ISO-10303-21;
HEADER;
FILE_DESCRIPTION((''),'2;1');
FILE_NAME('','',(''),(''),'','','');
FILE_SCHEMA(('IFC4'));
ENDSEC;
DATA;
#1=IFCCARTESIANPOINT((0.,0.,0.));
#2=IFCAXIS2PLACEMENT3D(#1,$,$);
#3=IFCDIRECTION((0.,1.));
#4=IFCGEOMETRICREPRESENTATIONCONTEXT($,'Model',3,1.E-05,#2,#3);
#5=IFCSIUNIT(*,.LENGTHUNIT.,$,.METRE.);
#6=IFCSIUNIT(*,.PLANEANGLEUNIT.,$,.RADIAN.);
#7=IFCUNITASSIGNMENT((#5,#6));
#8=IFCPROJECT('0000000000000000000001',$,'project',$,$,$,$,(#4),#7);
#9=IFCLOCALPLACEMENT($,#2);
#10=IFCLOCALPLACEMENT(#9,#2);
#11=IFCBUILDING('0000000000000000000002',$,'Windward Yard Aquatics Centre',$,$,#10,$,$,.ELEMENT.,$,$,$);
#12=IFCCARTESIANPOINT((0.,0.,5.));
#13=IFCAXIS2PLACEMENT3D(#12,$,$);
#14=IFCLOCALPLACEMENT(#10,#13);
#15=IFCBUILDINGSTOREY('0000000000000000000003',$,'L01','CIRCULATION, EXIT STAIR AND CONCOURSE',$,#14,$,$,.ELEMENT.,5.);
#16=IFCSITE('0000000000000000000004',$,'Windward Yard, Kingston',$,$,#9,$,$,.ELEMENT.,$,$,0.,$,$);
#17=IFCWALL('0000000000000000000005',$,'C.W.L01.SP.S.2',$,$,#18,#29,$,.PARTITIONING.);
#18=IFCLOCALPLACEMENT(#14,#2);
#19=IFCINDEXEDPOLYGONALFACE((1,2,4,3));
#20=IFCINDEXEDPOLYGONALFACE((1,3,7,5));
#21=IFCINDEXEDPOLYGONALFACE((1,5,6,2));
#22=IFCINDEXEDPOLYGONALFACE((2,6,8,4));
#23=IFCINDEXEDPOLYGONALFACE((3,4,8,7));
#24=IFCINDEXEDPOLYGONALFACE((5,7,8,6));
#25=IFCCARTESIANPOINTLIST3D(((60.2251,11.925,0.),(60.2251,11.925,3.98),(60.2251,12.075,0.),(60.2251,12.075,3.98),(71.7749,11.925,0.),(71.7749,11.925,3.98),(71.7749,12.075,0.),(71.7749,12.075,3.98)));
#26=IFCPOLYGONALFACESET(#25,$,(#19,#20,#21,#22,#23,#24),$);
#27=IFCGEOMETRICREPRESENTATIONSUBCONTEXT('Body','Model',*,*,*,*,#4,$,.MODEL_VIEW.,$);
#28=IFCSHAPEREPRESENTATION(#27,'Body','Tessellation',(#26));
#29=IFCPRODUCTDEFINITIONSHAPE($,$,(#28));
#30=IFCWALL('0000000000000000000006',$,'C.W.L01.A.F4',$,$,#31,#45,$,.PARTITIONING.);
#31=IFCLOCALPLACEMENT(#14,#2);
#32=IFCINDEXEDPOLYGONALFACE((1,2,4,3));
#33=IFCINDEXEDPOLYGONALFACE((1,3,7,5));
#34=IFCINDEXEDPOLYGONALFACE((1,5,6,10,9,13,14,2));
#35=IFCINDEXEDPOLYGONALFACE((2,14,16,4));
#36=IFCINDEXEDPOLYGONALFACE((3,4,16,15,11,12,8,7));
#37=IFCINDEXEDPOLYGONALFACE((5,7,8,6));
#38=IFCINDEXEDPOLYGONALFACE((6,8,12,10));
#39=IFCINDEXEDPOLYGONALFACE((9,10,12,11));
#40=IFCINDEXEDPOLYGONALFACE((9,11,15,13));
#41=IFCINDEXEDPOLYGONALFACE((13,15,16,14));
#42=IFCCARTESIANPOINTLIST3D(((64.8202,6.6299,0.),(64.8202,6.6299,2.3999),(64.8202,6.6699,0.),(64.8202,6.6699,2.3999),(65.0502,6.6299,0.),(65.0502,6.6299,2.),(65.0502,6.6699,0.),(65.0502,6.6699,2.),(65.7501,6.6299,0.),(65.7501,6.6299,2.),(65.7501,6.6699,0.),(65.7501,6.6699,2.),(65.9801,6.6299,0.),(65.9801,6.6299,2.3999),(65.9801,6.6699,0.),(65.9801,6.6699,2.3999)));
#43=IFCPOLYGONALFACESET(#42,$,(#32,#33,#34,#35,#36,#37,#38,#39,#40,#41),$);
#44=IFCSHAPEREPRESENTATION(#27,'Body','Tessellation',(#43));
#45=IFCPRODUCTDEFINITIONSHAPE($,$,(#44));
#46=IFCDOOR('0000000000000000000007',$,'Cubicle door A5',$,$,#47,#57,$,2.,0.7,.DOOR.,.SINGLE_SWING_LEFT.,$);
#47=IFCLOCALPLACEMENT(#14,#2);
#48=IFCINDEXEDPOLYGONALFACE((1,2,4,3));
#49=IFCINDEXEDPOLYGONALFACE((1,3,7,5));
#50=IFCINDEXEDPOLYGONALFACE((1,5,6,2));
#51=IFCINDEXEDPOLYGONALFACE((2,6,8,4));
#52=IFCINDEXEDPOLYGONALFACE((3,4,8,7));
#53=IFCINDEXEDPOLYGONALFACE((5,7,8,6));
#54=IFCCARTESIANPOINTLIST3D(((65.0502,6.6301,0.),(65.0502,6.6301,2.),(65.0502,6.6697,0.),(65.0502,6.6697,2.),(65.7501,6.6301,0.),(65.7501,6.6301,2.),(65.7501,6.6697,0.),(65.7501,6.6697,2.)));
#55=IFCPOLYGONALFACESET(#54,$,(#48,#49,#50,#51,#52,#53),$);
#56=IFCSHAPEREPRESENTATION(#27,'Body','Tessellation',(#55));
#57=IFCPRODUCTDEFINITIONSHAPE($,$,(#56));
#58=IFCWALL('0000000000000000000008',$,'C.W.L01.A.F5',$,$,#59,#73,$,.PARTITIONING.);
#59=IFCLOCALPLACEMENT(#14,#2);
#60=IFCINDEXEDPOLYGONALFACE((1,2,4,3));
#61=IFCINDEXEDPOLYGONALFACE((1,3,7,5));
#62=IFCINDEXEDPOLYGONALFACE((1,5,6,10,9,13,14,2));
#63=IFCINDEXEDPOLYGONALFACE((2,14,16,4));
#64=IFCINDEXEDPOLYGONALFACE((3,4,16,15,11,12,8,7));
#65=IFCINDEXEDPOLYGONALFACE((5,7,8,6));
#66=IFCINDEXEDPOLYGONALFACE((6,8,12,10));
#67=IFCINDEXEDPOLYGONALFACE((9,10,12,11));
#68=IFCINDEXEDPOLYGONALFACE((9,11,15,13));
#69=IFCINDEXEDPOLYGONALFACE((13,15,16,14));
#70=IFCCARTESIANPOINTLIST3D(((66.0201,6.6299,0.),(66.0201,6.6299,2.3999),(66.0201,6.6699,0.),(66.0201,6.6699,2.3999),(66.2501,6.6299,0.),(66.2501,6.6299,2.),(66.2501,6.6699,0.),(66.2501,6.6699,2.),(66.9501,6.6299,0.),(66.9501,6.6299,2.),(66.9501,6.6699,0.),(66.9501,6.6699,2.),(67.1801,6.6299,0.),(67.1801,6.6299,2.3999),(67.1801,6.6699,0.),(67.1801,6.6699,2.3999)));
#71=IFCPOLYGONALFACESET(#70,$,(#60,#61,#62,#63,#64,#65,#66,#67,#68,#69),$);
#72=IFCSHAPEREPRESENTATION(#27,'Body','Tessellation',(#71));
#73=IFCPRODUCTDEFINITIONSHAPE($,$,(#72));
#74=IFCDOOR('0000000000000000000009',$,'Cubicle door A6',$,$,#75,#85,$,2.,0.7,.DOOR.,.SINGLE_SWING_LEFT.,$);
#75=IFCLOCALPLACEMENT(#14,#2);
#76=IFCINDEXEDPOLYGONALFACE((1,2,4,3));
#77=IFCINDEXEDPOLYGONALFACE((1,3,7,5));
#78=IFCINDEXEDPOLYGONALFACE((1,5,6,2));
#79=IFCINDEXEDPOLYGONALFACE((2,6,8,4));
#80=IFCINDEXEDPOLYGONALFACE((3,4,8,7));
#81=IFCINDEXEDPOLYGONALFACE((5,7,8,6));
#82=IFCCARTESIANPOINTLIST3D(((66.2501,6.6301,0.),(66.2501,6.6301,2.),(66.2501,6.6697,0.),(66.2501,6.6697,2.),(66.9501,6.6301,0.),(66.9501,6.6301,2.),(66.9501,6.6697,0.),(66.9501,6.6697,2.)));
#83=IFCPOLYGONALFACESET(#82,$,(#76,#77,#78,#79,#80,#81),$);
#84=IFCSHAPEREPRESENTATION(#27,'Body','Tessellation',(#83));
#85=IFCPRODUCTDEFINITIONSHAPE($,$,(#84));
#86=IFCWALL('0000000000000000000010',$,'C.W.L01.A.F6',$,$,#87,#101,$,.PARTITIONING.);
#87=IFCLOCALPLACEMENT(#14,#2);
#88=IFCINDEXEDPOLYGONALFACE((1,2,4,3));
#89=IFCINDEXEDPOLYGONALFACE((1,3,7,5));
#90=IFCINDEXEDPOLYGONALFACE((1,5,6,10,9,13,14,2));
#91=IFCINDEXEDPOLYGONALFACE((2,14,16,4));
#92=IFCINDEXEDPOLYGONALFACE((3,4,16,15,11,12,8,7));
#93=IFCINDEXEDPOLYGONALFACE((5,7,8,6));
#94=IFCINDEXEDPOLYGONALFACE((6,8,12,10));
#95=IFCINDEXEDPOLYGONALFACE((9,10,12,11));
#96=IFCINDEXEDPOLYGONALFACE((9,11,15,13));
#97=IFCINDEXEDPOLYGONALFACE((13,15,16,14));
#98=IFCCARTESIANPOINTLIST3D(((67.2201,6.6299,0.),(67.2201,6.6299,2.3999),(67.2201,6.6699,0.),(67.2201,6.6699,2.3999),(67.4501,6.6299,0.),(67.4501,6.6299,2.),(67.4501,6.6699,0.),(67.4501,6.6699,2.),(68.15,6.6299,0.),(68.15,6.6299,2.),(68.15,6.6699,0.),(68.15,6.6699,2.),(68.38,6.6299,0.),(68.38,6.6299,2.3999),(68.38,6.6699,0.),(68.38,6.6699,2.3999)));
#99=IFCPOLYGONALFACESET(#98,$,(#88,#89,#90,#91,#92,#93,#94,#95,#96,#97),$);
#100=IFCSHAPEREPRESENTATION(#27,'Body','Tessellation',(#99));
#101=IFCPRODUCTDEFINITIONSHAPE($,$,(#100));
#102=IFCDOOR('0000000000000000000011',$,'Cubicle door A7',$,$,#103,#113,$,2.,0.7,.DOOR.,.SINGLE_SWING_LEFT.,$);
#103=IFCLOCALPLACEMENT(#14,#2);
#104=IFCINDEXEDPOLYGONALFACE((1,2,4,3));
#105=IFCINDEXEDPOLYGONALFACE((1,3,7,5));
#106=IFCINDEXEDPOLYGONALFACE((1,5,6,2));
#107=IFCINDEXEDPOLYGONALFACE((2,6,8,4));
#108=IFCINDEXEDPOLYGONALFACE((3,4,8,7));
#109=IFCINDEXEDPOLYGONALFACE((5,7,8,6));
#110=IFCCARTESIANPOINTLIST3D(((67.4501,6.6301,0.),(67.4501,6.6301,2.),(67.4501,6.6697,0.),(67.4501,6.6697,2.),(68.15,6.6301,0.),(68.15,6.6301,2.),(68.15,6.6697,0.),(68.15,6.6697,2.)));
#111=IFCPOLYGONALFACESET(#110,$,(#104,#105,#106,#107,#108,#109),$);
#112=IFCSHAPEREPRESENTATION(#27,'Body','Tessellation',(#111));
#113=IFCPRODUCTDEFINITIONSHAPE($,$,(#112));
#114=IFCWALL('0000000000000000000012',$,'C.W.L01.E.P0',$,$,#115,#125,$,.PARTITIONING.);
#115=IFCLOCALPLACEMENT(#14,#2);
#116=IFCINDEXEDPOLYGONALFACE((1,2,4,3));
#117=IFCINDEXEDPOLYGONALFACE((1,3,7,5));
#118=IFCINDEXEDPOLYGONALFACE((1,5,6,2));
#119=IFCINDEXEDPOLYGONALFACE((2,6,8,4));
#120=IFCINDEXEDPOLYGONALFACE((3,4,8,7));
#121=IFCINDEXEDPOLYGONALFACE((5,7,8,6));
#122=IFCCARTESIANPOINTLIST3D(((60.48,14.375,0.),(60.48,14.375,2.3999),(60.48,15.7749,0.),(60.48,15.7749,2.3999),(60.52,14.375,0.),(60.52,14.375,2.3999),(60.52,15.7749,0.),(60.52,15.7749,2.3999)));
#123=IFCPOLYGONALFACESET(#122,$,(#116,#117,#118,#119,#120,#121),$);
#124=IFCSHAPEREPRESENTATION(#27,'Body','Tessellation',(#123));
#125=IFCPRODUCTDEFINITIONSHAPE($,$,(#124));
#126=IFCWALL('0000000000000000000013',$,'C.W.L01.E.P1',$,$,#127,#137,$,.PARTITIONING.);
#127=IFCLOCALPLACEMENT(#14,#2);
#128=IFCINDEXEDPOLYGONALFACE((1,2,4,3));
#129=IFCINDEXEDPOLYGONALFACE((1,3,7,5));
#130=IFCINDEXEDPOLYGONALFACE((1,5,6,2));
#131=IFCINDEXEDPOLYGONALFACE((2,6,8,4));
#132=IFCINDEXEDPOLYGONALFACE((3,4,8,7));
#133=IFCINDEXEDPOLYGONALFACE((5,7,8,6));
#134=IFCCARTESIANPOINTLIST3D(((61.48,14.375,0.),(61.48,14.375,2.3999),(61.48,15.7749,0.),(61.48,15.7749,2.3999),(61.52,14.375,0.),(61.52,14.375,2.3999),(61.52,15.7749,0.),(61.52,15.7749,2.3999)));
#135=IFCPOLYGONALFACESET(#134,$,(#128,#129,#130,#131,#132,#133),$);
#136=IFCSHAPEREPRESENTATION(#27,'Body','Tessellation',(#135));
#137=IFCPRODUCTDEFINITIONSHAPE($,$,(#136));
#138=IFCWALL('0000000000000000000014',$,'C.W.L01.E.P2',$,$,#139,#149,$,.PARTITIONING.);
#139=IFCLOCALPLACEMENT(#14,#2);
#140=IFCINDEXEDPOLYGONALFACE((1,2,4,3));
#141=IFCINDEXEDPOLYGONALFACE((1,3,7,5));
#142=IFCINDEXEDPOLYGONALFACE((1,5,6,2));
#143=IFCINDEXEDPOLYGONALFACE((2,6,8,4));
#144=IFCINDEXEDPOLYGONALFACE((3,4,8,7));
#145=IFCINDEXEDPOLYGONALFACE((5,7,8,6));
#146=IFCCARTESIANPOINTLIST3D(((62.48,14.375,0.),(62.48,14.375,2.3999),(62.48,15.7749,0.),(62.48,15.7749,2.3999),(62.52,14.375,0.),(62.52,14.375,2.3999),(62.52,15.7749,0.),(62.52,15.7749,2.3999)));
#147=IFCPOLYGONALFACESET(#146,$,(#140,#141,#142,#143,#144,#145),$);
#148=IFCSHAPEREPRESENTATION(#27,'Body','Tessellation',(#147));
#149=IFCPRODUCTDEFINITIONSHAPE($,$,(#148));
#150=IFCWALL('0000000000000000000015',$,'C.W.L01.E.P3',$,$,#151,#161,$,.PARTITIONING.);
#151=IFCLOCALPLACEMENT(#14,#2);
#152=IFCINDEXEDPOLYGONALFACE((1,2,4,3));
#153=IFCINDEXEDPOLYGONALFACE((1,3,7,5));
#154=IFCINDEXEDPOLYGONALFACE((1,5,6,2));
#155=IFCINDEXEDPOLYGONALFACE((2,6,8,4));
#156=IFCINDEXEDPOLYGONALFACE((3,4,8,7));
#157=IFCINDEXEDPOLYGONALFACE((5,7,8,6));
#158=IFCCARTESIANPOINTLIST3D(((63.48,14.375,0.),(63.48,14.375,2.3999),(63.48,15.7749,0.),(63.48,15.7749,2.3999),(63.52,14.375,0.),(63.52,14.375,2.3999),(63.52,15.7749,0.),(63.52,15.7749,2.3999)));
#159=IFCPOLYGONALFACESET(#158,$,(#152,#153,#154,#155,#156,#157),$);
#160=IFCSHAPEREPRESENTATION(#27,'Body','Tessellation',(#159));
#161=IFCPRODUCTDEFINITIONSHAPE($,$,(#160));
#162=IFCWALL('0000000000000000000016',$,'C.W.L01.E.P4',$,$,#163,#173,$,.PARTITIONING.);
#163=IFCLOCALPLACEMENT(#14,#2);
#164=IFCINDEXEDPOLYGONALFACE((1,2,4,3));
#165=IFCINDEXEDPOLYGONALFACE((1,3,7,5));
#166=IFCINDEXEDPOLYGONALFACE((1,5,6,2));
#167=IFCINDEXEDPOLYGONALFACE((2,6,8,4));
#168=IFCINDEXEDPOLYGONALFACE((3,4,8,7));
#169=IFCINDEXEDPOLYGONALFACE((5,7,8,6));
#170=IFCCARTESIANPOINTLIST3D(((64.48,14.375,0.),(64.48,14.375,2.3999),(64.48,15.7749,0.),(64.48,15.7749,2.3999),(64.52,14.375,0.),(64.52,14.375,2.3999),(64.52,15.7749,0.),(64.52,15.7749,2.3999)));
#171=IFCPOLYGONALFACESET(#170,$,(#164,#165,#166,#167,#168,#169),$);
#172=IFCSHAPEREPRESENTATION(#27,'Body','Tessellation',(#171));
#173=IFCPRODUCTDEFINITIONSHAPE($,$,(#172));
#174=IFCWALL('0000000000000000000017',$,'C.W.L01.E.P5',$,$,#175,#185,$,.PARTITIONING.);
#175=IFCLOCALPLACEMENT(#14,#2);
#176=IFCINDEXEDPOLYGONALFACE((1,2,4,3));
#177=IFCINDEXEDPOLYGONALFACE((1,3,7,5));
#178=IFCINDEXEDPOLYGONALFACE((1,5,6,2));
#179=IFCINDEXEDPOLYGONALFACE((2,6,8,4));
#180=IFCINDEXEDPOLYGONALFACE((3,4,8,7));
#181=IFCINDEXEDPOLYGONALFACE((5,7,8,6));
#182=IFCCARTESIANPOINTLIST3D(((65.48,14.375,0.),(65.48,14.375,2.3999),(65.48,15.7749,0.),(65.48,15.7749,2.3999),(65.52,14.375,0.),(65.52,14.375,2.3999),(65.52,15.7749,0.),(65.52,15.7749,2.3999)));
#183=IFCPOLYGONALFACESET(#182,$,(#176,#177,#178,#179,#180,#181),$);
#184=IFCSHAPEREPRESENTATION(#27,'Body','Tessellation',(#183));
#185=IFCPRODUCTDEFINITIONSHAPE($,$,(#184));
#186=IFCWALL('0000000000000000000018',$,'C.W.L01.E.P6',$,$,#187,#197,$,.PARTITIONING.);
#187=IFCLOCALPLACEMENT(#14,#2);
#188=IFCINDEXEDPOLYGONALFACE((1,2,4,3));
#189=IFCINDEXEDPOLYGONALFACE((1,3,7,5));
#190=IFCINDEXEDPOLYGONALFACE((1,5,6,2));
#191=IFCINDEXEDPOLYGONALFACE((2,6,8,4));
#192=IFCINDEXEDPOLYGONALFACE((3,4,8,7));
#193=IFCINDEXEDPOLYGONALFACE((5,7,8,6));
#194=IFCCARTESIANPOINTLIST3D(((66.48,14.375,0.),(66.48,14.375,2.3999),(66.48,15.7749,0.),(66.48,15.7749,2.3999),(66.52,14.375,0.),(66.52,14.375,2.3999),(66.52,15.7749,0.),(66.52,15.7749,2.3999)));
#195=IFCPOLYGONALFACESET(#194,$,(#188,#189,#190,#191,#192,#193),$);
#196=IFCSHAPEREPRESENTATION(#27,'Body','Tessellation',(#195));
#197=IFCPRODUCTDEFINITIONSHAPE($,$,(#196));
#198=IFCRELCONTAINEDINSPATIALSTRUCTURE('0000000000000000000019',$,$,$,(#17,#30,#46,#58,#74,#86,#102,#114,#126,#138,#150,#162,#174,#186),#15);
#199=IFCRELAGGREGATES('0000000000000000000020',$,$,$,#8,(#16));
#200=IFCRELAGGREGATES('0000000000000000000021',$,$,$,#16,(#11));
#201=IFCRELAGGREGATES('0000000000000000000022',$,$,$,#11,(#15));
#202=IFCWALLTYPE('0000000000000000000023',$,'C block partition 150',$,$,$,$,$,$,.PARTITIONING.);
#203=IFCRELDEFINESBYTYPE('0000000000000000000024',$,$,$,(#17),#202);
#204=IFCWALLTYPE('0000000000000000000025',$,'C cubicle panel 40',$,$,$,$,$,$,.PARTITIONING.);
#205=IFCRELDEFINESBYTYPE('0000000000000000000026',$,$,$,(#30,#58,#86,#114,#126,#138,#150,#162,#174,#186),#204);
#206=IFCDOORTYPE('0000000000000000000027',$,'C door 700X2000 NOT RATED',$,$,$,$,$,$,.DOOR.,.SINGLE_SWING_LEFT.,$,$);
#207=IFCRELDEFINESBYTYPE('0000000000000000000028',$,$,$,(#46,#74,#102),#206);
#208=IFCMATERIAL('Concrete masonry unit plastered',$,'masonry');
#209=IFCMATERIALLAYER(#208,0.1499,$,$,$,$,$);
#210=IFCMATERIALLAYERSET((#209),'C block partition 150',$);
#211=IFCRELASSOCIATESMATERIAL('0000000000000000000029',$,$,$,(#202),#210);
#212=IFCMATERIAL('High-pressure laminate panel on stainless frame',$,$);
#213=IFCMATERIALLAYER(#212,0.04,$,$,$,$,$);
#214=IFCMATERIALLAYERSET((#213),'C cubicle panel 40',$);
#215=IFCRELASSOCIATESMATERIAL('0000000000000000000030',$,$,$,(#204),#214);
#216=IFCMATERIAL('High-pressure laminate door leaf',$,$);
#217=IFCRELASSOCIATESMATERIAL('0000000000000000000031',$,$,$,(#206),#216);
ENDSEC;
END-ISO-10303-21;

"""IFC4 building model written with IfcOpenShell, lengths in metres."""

from ifc_helpers import new_model, si_unit, direction, frame, frame_2d, origin, place, context, subcontext, project, spatial, rectangle, extrude, material, layer, layer_set, type_object, element, fill, save


model = new_model("IFC4")

# Units and contexts
model_context = context("Model", 3, precision=1e-05, world=origin(), true_north=direction((0.0, 1.0)))
body_context = subcontext(model_context, "Body", "Model", "MODEL_VIEW")
ifc_project = project(units=[si_unit("LENGTHUNIT", "METRE"), si_unit("PLANEANGLEUNIT", "RADIAN")], contexts=[model_context])

# Site, building, storey
site_placement = place(None, origin())
site = spatial("IfcSite", under=ifc_project, at=site_placement, Name="Windward Yard, Kingston", CompositionType="ELEMENT", RefElevation=0.0)
building_placement = place(site_placement, origin())
building = spatial("IfcBuilding", under=site, at=building_placement, Name="Windward Yard Aquatics Centre", CompositionType="ELEMENT")
storey_placement = place(building_placement, frame((0.0, 0.0, 5.0)))
storey = spatial("IfcBuildingStorey", under=building, at=storey_placement, Name="L01", Description="CIRCULATION, EXIT STAIR AND CONCOURSE", CompositionType="ELEMENT", Elevation=5.0)

# Wall
ifc_material_1 = material(Name="Concrete masonry unit plastered", Category="masonry")
ifc_layer_1 = layer(ifc_material_1, 0.1499)
ifc_layer_set_1 = layer_set([ifc_layer_1], Name="C block partition 150")
wall_type_1 = type_object("IfcWallType", Name="C block partition 150", PredefinedType="PARTITIONING", material=ifc_layer_set_1)
wall_1_placement = place(storey_placement, frame((60.2251, 12.0, 0.0), z_axis=(0.0, 0.0, 1.0), x_axis=(1.0, 0.0, 0.0)))
element("IfcWall", 1, at=wall_1_placement, inside=storey, type_object=wall_type_1, Name="C.W.L01.SP.S.2", PredefinedType="PARTITIONING", context=body_context, shape_type="SweptSolid", body=[
    extrude(rectangle(XDim=11.5498, YDim=0.1499, at=frame_2d((5.7749, 0.0))), origin(), (0.0, 0.0, 1.0), 3.98),
])

# Walls, openings, doors
ifc_material_2 = material(Name="High-pressure laminate panel on stainless frame")
ifc_layer_2 = layer(ifc_material_2, 0.04)
ifc_layer_set_2 = layer_set([ifc_layer_2], Name="C cubicle panel 40")
wall_type_2 = type_object("IfcWallType", Name="C cubicle panel 40", PredefinedType="PARTITIONING", material=ifc_layer_set_2)
wall_2_placement = place(storey_placement, frame((64.8201, 6.6499, 0.0), z_axis=(0.0, 0.0, 1.0), x_axis=(1.0, 0.0, 0.0)))
wall_2 = element("IfcWall", 2, at=wall_2_placement, inside=storey, type_object=wall_type_2, Name="C.W.L01.A.F4", PredefinedType="PARTITIONING", context=body_context, shape_type="SweptSolid", body=[
    extrude(rectangle(XDim=1.1599, YDim=0.04, at=frame_2d((0.5801, 0.0))), origin(), (0.0, 0.0, 1.0), 2.3999),
])
opening_1_placement = place(wall_2_placement, frame((0.23, 0.0, 0.0)))
opening_1 = element("IfcOpeningElement", 3, at=opening_1_placement, cuts=wall_2, PredefinedType="OPENING", context=body_context, shape_type="SweptSolid", body=[
    extrude(rectangle(XDim=0.7, YDim=2.0, at=frame_2d((0.3501, 1.0))), frame((0.0, 0.03, 0.0), z_axis=(0.0, -1.0, 0.0), x_axis=(1.0, 0.0, 0.0)), (0.0, 0.0, 1.0), 0.0601),
])
ifc_material_3 = material(Name="High-pressure laminate door leaf")
door_type = type_object("IfcDoorType", Name="C door 700X2000 NOT RATED", OperationType="SINGLE_SWING_LEFT", PredefinedType="DOOR", material=ifc_material_3)
door_1_placement = place(opening_1_placement, origin())
door_1 = element("IfcDoor", 4, at=door_1_placement, inside=storey, type_object=door_type, Name="Cubicle door A5", OperationType="SINGLE_SWING_LEFT", OverallHeight=2.0, OverallWidth=0.7, PredefinedType="DOOR", context=body_context, shape_type="SweptSolid", body=[
    extrude(rectangle(XDim=0.7, YDim=2.0, at=frame_2d((0.3501, 1.0))), frame((0.0, 0.0198, 0.0), z_axis=(0.0, -1.0, 0.0), x_axis=(1.0, 0.0, 0.0)), (0.0, 0.0, 1.0), 0.0396),
])
fill(opening_1, door_1)
wall_3_placement = place(storey_placement, frame((66.02, 6.6499, 0.0), z_axis=(0.0, 0.0, 1.0), x_axis=(1.0, 0.0, 0.0)))
wall_3 = element("IfcWall", 5, at=wall_3_placement, inside=storey, type_object=wall_type_2, Name="C.W.L01.A.F5", PredefinedType="PARTITIONING", context=body_context, shape_type="SweptSolid", body=[
    extrude(rectangle(XDim=1.1599, YDim=0.04, at=frame_2d((0.5801, 0.0))), origin(), (0.0, 0.0, 1.0), 2.3999),
])
opening_2_placement = place(wall_3_placement, frame((0.23, 0.0, 0.0)))
opening_2 = element("IfcOpeningElement", 6, at=opening_2_placement, cuts=wall_3, PredefinedType="OPENING", context=body_context, shape_type="SweptSolid", body=[
    extrude(rectangle(XDim=0.7, YDim=2.0, at=frame_2d((0.3501, 1.0))), frame((0.0, 0.03, 0.0), z_axis=(0.0, -1.0, 0.0), x_axis=(1.0, 0.0, 0.0)), (0.0, 0.0, 1.0), 0.0601),
])
door_2_placement = place(opening_2_placement, origin())
door_2 = element("IfcDoor", 7, at=door_2_placement, inside=storey, type_object=door_type, Name="Cubicle door A6", OperationType="SINGLE_SWING_LEFT", OverallHeight=2.0, OverallWidth=0.7, PredefinedType="DOOR", context=body_context, shape_type="SweptSolid", body=[
    extrude(rectangle(XDim=0.7, YDim=2.0, at=frame_2d((0.3501, 1.0))), frame((0.0, 0.0198, 0.0), z_axis=(0.0, -1.0, 0.0), x_axis=(1.0, 0.0, 0.0)), (0.0, 0.0, 1.0), 0.0396),
])
fill(opening_2, door_2)
wall_4_placement = place(storey_placement, frame((67.22, 6.6499, 0.0), z_axis=(0.0, 0.0, 1.0), x_axis=(1.0, 0.0, 0.0)))
wall_4 = element("IfcWall", 8, at=wall_4_placement, inside=storey, type_object=wall_type_2, Name="C.W.L01.A.F6", PredefinedType="PARTITIONING", context=body_context, shape_type="SweptSolid", body=[
    extrude(rectangle(XDim=1.1599, YDim=0.04, at=frame_2d((0.5801, 0.0))), origin(), (0.0, 0.0, 1.0), 2.3999),
])
opening_3_placement = place(wall_4_placement, frame((0.23, 0.0, 0.0)))
opening_3 = element("IfcOpeningElement", 9, at=opening_3_placement, cuts=wall_4, PredefinedType="OPENING", context=body_context, shape_type="SweptSolid", body=[
    extrude(rectangle(XDim=0.7, YDim=2.0, at=frame_2d((0.3501, 1.0))), frame((0.0, 0.03, 0.0), z_axis=(0.0, -1.0, 0.0), x_axis=(1.0, 0.0, 0.0)), (0.0, 0.0, 1.0), 0.0601),
])
door_3_placement = place(opening_3_placement, origin())
door_3 = element("IfcDoor", 10, at=door_3_placement, inside=storey, type_object=door_type, Name="Cubicle door A7", OperationType="SINGLE_SWING_LEFT", OverallHeight=2.0, OverallWidth=0.7, PredefinedType="DOOR", context=body_context, shape_type="SweptSolid", body=[
    extrude(rectangle(XDim=0.7, YDim=2.0, at=frame_2d((0.3501, 1.0))), frame((0.0, 0.0198, 0.0), z_axis=(0.0, -1.0, 0.0), x_axis=(1.0, 0.0, 0.0)), (0.0, 0.0, 1.0), 0.0396),
])
fill(opening_3, door_3)

# Walls
for number, where, z_axis, x_axis, name in (
    (11, (60.5, 14.375, 0.0), (0.0, 0.0, 1.0), (0.0, 1.0, 0.0), "C.W.L01.E.P0"),
    (12, (61.5, 14.375, 0.0), (0.0, 0.0, 1.0), (0.0, 1.0, 0.0), "C.W.L01.E.P1"),
    (13, (62.5, 14.375, 0.0), (0.0, 0.0, 1.0), (0.0, 1.0, 0.0), "C.W.L01.E.P2"),
    (14, (63.5, 14.375, 0.0), (0.0, 0.0, 1.0), (0.0, 1.0, 0.0), "C.W.L01.E.P3"),
    (15, (64.5, 14.375, 0.0), (0.0, 0.0, 1.0), (0.0, 1.0, 0.0), "C.W.L01.E.P4"),
    (16, (65.5, 14.375, 0.0), (0.0, 0.0, 1.0), (0.0, 1.0, 0.0), "C.W.L01.E.P5"),
    (17, (66.5, 14.375, 0.0), (0.0, 0.0, 1.0), (0.0, 1.0, 0.0), "C.W.L01.E.P6"),
):
    element("IfcWall", number, at=place(storey_placement, frame(where, z_axis=z_axis, x_axis=x_axis)), inside=storey, type_object=wall_type_2, Name=name, PredefinedType="PARTITIONING", context=body_context, shape_type="SweptSolid", body=[
        extrude(rectangle(XDim=1.3999, YDim=0.04, at=frame_2d((0.7, 0.0))), origin(), (0.0, 0.0, 1.0), 2.3999),
    ])

save(model, "model.ifc")
